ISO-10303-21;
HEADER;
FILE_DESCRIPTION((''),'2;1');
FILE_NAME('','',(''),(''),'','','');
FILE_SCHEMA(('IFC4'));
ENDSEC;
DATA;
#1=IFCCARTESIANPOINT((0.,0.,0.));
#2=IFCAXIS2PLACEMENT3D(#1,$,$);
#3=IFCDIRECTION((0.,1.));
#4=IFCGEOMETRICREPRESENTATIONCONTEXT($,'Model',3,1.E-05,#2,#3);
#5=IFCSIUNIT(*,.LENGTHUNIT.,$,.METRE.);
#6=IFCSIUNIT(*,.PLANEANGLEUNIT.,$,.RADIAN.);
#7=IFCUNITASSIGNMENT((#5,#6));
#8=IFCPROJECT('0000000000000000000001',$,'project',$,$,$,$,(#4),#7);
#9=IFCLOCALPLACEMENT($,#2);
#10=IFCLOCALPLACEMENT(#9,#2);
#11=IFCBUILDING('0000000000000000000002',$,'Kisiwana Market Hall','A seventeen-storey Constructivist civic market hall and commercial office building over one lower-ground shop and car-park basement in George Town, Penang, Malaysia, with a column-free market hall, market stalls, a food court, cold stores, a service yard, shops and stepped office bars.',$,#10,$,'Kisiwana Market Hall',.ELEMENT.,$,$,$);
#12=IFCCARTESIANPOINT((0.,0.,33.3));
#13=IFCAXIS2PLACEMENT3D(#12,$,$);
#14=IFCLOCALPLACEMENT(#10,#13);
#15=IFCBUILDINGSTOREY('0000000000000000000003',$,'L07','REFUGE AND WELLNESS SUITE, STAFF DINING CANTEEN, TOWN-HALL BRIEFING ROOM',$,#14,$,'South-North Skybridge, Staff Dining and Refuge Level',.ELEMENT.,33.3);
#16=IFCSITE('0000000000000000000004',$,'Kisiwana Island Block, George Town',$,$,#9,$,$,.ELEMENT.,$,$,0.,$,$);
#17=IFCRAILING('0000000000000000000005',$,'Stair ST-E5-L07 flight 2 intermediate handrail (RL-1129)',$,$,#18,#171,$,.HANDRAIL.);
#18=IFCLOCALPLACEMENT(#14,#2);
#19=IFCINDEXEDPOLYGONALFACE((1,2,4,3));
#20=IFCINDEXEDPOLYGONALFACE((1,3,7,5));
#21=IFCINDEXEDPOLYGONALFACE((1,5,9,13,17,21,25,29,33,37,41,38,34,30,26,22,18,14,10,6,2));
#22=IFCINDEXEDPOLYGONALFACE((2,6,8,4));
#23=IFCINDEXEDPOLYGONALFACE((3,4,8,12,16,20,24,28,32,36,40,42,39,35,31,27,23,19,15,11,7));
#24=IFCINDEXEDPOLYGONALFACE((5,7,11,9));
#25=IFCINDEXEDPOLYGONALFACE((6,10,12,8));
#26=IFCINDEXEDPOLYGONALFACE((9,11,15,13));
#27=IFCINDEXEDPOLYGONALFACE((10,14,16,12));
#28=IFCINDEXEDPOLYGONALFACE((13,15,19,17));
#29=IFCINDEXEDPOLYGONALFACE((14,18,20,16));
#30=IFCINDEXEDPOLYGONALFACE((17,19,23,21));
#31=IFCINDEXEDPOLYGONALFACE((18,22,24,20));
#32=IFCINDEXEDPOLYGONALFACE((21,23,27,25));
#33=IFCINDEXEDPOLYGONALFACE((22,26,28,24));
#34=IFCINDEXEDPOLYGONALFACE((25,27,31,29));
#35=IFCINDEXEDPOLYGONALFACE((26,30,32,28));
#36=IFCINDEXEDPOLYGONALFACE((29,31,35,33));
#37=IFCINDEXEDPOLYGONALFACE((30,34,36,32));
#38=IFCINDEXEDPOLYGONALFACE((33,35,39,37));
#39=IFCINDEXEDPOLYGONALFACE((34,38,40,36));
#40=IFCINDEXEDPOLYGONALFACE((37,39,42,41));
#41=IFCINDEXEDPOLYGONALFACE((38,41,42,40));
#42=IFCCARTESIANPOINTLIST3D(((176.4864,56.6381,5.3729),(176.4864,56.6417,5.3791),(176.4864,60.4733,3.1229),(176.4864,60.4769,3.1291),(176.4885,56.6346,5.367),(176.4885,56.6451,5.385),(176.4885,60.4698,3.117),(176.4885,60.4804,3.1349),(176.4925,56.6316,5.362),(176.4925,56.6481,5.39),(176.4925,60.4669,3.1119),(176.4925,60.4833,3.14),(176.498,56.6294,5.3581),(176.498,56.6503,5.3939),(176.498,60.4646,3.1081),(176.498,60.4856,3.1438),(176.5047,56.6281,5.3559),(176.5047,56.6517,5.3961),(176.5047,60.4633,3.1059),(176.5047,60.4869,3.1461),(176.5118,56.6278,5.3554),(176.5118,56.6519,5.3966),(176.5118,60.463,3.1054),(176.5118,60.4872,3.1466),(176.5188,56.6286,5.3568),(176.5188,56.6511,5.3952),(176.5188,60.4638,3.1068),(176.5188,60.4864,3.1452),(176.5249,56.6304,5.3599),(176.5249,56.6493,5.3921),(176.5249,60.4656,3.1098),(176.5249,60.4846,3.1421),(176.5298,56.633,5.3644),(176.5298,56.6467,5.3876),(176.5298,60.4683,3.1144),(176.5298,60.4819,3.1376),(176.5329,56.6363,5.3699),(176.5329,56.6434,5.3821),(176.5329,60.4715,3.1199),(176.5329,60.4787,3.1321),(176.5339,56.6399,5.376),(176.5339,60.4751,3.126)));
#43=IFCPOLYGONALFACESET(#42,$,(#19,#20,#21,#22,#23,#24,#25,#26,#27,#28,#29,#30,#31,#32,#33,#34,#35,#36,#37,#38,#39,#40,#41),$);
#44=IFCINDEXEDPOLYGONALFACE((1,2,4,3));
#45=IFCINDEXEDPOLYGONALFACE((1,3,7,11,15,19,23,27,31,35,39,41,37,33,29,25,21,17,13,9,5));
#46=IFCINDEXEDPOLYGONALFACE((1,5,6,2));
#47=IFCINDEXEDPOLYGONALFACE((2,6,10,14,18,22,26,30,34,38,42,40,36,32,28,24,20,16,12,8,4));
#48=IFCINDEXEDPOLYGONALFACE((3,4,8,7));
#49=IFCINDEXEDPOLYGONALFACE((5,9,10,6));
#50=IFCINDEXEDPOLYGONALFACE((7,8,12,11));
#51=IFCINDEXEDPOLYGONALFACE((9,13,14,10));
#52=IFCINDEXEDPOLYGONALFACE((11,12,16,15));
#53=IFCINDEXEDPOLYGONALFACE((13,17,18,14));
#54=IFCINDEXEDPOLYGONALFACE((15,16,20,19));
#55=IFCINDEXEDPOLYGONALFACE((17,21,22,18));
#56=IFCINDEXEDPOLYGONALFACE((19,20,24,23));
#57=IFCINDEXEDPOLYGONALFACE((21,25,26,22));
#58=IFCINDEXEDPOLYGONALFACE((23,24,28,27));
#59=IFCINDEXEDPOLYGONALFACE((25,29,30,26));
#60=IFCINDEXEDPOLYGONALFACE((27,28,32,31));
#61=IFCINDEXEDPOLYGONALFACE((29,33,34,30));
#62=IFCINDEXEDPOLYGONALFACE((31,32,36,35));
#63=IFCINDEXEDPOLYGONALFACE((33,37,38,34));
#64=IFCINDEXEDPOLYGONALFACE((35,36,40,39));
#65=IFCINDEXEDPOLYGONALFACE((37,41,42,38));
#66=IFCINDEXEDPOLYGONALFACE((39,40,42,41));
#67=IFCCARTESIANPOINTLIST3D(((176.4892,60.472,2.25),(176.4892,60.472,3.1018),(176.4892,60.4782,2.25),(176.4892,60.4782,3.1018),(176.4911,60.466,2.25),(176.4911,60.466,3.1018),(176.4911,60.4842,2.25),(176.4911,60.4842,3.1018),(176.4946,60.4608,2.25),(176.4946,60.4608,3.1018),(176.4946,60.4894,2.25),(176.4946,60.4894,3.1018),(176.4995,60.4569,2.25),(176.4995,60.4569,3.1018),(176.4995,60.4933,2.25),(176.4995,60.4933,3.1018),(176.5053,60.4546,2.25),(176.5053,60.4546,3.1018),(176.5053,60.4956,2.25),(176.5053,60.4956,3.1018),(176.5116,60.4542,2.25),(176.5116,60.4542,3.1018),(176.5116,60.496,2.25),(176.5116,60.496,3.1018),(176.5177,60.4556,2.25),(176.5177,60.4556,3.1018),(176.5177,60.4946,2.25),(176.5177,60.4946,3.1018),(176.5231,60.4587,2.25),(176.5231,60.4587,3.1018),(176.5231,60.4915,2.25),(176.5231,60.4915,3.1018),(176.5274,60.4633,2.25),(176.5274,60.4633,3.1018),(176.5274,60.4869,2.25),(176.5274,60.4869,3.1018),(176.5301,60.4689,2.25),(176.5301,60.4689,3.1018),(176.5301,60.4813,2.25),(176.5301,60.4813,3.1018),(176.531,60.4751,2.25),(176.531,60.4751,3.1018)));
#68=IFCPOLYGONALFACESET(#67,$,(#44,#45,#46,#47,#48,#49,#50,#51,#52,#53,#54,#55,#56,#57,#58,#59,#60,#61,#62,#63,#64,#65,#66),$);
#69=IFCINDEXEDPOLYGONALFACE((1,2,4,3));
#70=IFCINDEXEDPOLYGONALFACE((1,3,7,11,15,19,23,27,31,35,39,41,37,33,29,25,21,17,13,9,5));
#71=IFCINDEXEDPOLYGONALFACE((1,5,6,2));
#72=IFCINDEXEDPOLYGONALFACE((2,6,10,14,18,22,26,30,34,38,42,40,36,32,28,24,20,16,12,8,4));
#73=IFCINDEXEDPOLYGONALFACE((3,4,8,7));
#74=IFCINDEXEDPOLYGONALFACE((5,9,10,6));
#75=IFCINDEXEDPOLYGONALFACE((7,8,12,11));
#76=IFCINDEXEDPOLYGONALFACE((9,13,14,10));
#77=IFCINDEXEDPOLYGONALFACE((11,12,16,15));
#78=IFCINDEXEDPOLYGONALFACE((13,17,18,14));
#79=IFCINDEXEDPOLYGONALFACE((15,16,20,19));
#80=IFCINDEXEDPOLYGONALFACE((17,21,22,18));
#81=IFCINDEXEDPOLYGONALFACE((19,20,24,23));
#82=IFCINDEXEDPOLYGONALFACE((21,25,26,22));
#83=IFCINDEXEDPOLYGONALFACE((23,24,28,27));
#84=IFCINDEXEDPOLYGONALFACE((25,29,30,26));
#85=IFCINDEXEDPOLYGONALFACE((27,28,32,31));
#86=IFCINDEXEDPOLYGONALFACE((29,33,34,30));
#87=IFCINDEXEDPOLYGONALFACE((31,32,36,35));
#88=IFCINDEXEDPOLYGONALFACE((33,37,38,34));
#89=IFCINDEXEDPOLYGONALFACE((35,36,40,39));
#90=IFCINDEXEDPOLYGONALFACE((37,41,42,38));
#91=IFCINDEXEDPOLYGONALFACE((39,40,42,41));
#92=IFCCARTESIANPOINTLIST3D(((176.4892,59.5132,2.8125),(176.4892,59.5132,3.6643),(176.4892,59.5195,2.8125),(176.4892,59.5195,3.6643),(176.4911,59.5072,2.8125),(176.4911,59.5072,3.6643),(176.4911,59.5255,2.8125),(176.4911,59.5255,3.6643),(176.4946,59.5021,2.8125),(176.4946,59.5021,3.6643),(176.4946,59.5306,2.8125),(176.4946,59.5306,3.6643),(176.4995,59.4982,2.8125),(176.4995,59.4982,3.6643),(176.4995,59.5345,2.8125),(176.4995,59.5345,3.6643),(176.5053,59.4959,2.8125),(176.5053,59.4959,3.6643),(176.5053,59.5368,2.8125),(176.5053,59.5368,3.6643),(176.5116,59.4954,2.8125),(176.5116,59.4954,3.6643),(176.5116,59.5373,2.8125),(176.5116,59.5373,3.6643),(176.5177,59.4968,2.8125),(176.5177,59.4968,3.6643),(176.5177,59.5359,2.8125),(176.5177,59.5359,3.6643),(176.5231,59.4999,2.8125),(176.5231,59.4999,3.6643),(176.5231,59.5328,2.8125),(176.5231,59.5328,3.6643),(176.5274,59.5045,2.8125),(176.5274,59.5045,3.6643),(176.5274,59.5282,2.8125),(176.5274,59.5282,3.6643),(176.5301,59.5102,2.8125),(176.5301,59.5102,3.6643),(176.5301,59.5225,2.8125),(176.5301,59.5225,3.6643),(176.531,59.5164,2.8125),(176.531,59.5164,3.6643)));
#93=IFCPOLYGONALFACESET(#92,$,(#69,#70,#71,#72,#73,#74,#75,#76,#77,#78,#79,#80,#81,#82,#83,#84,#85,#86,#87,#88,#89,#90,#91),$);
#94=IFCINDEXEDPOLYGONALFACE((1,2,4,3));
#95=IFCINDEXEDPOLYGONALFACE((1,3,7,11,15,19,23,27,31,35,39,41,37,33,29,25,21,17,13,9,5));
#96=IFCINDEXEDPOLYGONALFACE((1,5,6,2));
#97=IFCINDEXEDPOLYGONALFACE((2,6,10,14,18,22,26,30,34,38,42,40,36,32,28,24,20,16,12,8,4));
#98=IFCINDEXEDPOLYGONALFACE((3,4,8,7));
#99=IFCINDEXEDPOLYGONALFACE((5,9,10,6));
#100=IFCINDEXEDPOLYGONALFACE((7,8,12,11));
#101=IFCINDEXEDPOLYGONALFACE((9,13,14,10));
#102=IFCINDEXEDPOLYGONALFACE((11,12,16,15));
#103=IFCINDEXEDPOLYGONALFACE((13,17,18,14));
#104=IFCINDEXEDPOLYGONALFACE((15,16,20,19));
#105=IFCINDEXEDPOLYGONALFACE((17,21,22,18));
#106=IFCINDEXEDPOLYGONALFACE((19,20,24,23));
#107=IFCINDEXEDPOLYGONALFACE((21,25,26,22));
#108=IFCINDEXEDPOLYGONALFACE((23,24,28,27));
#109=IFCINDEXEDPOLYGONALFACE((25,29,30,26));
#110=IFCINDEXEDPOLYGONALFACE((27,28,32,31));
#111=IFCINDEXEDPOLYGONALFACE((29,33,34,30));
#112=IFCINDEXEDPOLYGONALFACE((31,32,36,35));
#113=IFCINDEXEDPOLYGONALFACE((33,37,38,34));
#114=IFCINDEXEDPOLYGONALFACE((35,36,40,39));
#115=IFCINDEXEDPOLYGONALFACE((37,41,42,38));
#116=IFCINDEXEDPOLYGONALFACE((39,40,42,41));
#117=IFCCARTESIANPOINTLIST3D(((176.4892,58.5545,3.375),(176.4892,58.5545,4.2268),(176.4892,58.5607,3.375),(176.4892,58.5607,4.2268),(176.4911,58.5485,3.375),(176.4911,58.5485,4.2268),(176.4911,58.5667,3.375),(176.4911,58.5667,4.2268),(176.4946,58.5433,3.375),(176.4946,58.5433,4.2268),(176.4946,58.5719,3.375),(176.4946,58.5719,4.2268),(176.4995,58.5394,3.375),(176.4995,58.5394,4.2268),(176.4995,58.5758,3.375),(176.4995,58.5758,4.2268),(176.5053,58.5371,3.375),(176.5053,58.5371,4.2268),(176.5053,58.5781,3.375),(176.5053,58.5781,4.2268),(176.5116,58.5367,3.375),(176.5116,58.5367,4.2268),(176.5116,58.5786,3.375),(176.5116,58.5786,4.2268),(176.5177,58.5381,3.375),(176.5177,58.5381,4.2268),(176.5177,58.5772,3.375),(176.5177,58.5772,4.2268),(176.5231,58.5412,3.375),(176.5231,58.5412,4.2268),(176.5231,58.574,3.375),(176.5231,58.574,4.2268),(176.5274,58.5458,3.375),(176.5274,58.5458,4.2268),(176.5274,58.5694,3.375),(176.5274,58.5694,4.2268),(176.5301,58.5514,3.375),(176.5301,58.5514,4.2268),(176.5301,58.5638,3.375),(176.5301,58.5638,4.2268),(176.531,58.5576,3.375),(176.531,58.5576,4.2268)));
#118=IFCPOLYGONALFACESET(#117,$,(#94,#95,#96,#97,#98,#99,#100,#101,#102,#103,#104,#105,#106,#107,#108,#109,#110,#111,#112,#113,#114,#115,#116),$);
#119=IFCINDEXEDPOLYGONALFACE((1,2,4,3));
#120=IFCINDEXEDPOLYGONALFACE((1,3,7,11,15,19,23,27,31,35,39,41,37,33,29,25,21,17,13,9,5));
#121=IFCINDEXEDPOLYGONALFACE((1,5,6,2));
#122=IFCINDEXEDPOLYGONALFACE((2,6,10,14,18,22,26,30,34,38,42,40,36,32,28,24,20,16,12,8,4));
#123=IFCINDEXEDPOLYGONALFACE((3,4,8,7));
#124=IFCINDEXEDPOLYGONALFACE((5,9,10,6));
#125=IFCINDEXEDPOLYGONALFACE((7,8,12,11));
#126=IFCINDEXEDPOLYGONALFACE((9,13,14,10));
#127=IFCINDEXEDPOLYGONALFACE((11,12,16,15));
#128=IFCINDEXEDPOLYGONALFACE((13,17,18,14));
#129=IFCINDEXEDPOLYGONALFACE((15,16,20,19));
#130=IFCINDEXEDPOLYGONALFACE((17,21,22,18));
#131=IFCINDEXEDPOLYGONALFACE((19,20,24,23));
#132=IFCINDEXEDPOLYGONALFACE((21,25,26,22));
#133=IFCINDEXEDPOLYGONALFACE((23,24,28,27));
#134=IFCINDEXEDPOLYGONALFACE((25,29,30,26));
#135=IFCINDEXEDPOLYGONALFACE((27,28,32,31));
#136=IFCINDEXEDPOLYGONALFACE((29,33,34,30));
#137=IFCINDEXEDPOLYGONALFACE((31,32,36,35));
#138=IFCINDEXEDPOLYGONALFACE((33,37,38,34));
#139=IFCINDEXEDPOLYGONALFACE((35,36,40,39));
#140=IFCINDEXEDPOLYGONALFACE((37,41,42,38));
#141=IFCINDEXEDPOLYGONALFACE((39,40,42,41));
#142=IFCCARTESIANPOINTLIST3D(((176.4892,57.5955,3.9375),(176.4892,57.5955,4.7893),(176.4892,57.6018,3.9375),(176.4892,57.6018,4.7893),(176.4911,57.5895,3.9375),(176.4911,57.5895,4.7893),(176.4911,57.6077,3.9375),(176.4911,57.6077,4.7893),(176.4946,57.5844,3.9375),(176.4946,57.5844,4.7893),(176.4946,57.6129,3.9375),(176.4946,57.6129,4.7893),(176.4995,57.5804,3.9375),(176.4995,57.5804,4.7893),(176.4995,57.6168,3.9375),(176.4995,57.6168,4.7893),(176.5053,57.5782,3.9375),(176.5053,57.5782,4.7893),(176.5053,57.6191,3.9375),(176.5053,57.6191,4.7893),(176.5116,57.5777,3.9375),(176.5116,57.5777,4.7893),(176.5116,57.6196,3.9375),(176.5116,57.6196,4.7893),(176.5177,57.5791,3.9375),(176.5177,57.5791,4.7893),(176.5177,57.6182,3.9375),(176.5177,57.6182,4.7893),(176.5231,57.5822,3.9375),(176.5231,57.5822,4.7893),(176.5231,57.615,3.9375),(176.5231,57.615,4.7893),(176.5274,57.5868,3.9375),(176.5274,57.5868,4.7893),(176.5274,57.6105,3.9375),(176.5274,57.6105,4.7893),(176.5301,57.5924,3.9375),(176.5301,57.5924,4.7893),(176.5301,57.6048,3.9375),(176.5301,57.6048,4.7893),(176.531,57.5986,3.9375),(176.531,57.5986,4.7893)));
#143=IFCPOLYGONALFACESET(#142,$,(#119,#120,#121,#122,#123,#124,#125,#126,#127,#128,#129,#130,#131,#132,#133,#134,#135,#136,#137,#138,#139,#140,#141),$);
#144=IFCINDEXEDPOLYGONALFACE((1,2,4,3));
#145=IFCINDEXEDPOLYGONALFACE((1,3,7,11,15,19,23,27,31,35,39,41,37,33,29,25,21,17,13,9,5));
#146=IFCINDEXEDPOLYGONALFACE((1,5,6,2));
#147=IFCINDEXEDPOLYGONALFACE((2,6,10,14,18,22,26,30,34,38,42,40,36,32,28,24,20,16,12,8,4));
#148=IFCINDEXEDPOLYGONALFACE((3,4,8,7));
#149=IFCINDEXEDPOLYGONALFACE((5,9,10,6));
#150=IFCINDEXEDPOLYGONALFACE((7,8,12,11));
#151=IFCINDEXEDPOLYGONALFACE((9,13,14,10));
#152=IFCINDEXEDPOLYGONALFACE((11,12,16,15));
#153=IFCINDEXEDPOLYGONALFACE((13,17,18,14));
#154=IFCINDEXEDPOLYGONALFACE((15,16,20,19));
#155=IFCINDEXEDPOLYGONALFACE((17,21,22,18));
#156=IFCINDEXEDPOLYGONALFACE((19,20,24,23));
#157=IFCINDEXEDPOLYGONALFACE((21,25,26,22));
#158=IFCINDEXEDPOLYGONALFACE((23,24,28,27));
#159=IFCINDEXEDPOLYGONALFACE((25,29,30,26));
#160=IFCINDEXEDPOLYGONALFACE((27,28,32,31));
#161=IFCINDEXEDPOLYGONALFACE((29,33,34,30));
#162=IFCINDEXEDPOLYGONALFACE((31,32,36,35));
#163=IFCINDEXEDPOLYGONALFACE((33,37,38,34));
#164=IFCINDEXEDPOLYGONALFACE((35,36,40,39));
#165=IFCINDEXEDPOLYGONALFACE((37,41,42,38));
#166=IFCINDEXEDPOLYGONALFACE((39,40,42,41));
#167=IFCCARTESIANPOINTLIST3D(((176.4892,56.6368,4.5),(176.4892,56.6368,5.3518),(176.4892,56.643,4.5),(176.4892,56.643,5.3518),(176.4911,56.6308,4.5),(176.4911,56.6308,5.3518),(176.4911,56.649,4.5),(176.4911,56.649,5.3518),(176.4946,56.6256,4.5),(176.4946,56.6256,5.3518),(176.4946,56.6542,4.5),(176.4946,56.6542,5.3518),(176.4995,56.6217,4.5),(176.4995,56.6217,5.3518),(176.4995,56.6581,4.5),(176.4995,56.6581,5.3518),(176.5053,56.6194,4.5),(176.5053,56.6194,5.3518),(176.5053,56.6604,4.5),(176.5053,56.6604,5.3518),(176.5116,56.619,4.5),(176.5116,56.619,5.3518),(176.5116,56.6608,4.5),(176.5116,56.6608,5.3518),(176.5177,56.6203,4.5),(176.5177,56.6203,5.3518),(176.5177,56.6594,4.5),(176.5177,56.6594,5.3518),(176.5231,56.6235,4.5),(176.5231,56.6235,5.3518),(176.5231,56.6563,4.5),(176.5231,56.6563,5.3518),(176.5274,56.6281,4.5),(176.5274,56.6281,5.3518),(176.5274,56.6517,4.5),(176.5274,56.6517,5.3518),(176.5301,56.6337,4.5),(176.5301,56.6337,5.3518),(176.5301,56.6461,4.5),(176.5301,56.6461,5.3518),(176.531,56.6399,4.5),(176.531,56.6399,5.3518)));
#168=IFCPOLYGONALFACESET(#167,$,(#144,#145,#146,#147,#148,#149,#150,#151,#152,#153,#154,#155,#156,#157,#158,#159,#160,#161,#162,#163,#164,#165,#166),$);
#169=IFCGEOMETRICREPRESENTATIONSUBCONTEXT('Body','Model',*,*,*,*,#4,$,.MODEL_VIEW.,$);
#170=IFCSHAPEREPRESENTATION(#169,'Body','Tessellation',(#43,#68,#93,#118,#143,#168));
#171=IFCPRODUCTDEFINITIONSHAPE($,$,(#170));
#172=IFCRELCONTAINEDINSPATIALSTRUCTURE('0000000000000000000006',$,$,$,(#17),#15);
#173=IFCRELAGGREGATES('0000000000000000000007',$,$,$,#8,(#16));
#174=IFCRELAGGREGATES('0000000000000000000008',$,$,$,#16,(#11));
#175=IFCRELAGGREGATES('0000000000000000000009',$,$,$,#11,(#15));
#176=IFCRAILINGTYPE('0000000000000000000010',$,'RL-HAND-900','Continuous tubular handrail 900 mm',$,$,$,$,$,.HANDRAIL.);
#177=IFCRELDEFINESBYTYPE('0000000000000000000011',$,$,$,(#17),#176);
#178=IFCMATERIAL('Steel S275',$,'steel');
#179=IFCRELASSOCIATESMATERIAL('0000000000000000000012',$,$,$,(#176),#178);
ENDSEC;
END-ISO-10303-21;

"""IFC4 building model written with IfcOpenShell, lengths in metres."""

from ifc_helpers import new_model, si_unit, direction, frame, origin, origin_2d, place, context, subcontext, project, spatial, circle, extrude, material, type_object, element, save


model = new_model("IFC4")

# Units and contexts
model_context = context("Model", 3, precision=1e-05, world=origin(), true_north=direction((0.0, 1.0)))
body_context = subcontext(model_context, "Body", "Model", "MODEL_VIEW")
ifc_project = project(units=[si_unit("LENGTHUNIT", "METRE"), si_unit("PLANEANGLEUNIT", "RADIAN")], contexts=[model_context])

# Site, building, storey
site_placement = place(None, origin())
site = spatial("IfcSite", under=ifc_project, at=site_placement, Name="Kisiwana Island Block, George Town", CompositionType="ELEMENT", RefElevation=0.0)
building_placement = place(site_placement, origin())
building = spatial("IfcBuilding", under=site, at=building_placement, Name="Kisiwana Market Hall", Description="A seventeen-storey Constructivist civic market hall and commercial office building over one lower-ground shop and car-park basement in George Town, Penang, Malaysia, with a column-free market hall, market stalls, a food court, cold stores, a service yard, shops and stepped office bars.", LongName="Kisiwana Market Hall", CompositionType="ELEMENT")
storey_placement = place(building_placement, frame((0.0, 0.0, 33.3)))
storey = spatial("IfcBuildingStorey", under=building, at=storey_placement, Name="L07", Description="REFUGE AND WELLNESS SUITE, STAFF DINING CANTEEN, TOWN-HALL BRIEFING ROOM", LongName="South-North Skybridge, Staff Dining and Refuge Level", CompositionType="ELEMENT", Elevation=33.3)

# Railing
ifc_material_1 = material(Name="Steel S275", Category="steel")
railing_type_1 = type_object("IfcRailingType", Name="RL-HAND-900", Description="Continuous tubular handrail 900 mm", PredefinedType="HANDRAIL", material=ifc_material_1)
for number, where, name in (
    (1, (176.51, 60.4751, 2.25), "Stair ST-E5-L07 flight 2 intermediate handrail (RL-1129)"),
):
    element("IfcRailing", number, at=place(storey_placement, frame(where)), inside=storey, type_object=railing_type_1, Name=name, PredefinedType="HANDRAIL", context=body_context, shape_type="SweptSolid", body=[
        extrude(circle(Radius=0.0239, at=origin_2d()), frame((0.0, 0.0, 0.876), z_axis=(0.0, -0.862524, 0.506017), x_axis=(1.0, 0.0, 0.0)), (0.0, 0.0, 1.0), 4.4465),
        extrude(circle(Radius=0.021, at=origin_2d()), origin(), (0.0, 0.0, 1.0), 0.8518),
        extrude(circle(Radius=0.021, at=origin_2d()), frame((0.0, -0.9587, 0.5625)), (0.0, 0.0, 1.0), 0.8518),
        extrude(circle(Radius=0.021, at=origin_2d()), frame((0.0, -1.9175, 1.125)), (0.0, 0.0, 1.0), 0.8518),
        extrude(circle(Radius=0.021, at=origin_2d()), frame((0.0, -2.8765, 1.6875)), (0.0, 0.0, 1.0), 0.8518),
        extrude(circle(Radius=0.021, at=origin_2d()), frame((0.0, -3.8352, 2.25)), (0.0, 0.0, 1.0), 0.8518),
    ])

save(model, "model.ifc")
